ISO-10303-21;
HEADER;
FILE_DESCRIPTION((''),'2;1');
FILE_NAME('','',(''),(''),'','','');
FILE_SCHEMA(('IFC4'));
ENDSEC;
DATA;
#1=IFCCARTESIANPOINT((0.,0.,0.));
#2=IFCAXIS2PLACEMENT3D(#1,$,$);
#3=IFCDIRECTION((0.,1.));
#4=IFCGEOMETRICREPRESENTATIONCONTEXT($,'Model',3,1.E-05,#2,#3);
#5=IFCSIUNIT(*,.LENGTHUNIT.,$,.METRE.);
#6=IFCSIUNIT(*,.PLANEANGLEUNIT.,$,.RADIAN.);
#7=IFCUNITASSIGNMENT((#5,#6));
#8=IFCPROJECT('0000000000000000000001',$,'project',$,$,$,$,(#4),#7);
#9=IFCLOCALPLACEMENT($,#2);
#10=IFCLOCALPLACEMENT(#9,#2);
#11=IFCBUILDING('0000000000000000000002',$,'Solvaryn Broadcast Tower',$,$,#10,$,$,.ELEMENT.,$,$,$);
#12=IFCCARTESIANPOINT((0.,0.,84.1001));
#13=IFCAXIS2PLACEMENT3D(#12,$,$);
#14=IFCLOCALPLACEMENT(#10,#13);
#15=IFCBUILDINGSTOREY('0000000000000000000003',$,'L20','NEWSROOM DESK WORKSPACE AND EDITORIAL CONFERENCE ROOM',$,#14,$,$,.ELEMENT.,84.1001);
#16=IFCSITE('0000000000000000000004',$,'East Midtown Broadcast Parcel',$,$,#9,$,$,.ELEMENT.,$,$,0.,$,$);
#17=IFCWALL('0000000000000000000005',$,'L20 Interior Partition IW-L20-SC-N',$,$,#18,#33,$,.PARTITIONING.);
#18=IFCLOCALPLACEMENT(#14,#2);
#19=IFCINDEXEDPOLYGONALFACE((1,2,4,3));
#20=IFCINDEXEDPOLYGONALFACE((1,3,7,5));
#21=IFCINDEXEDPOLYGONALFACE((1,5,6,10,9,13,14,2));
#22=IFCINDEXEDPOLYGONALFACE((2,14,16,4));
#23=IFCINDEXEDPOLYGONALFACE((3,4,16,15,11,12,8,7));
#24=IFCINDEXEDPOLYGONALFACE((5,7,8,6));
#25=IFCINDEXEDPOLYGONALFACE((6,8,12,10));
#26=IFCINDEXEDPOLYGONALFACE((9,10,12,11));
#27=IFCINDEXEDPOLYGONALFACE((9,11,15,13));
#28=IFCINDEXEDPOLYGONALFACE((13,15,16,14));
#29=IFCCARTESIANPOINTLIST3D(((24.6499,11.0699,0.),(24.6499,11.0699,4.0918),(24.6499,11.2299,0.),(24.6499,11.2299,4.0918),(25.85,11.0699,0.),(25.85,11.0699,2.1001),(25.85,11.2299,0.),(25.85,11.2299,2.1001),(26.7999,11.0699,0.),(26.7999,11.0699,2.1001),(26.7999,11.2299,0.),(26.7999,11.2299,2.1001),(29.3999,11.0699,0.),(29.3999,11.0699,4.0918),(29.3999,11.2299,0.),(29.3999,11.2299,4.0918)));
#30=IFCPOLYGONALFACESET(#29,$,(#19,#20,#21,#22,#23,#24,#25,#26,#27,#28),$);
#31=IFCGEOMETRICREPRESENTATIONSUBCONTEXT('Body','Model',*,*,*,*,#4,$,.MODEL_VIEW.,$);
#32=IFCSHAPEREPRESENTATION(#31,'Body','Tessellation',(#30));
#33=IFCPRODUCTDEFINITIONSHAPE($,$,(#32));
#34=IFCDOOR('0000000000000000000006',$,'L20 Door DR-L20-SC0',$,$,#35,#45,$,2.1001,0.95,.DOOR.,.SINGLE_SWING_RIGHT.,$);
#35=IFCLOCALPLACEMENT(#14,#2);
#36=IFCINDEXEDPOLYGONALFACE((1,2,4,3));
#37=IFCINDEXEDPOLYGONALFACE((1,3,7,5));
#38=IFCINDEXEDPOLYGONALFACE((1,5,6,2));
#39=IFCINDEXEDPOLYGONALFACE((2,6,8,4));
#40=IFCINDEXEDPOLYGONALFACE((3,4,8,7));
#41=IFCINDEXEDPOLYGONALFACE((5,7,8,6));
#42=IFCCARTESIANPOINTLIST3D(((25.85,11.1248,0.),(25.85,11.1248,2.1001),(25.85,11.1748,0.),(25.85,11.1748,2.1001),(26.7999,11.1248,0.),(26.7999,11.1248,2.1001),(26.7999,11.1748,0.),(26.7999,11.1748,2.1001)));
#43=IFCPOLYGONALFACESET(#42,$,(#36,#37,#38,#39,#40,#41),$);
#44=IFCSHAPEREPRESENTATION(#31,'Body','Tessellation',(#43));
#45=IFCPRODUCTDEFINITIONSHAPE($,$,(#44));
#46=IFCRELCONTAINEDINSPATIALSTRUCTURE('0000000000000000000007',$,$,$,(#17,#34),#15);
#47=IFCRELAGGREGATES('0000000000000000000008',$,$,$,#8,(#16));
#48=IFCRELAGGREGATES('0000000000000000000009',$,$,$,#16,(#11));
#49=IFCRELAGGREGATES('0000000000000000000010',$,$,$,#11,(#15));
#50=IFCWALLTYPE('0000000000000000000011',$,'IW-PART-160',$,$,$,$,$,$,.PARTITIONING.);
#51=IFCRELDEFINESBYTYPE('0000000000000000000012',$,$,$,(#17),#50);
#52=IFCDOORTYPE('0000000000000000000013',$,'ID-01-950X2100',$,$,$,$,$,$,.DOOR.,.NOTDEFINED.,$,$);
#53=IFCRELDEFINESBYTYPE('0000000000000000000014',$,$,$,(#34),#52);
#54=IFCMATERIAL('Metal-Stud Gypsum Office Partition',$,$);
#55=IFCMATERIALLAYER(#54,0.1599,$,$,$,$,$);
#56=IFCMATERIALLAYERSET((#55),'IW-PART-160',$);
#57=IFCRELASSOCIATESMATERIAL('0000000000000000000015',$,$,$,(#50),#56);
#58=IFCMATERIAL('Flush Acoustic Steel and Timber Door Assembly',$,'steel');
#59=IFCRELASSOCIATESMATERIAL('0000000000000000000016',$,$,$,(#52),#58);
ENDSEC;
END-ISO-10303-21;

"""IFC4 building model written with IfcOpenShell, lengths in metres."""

from ifc_helpers import new_model, si_unit, direction, frame, frame_2d, origin, place, context, subcontext, project, spatial, rectangle, extrude, material, layer, layer_set, type_object, element, fill, save


model = new_model("IFC4")

# Units and contexts
model_context = context("Model", 3, precision=1e-05, world=origin(), true_north=direction((0.0, 1.0)))
body_context = subcontext(model_context, "Body", "Model", "MODEL_VIEW")
ifc_project = project(units=[si_unit("LENGTHUNIT", "METRE"), si_unit("PLANEANGLEUNIT", "RADIAN")], contexts=[model_context])

# Site, building, storey
site_placement = place(None, origin())
site = spatial("IfcSite", under=ifc_project, at=site_placement, Name="East Midtown Broadcast Parcel", CompositionType="ELEMENT", RefElevation=0.0)
building_placement = place(site_placement, origin())
building = spatial("IfcBuilding", under=site, at=building_placement, Name="Solvaryn Broadcast Tower", CompositionType="ELEMENT")
storey_placement = place(building_placement, frame((0.0, 0.0, 84.1001)))
storey = spatial("IfcBuildingStorey", under=building, at=storey_placement, Name="L20", Description="NEWSROOM DESK WORKSPACE AND EDITORIAL CONFERENCE ROOM", CompositionType="ELEMENT", Elevation=84.1001)

# Shared definitions
ifc_material_1 = material(Name="Metal-Stud Gypsum Office Partition")
ifc_layer = layer(ifc_material_1, 0.1599)
ifc_layer_set = layer_set([ifc_layer], Name="IW-PART-160")
wall_type = type_object("IfcWallType", Name="IW-PART-160", PredefinedType="PARTITIONING", material=ifc_layer_set)
ifc_material_2 = material(Name="Flush Acoustic Steel and Timber Door Assembly", Category="steel")
door_type_1 = type_object("IfcDoorType", Name="ID-01-950X2100", OperationType="NOTDEFINED", PredefinedType="DOOR", material=ifc_material_2)

# Wall, opening, door
wall_1_placement = place(storey_placement, frame((24.6499, 11.1499, 0.0), z_axis=(0.0, 0.0, 1.0), x_axis=(1.0, 0.0, 0.0)))
wall_1 = element("IfcWall", 1, at=wall_1_placement, inside=storey, type_object=wall_type, Name="L20 Interior Partition IW-L20-SC-N", PredefinedType="PARTITIONING", context=body_context, shape_type="SweptSolid", body=[
    extrude(rectangle(XDim=4.75, YDim=0.1599, at=frame_2d((2.375, 0.0))), origin(), (0.0, 0.0, 1.0), 4.0918),
])
opening_1_placement = place(wall_1_placement, frame((1.2, 0.0, 0.0)))
opening_1 = element("IfcOpeningElement", 2, at=opening_1_placement, cuts=wall_1, PredefinedType="OPENING", context=body_context, shape_type="SweptSolid", body=[
    extrude(rectangle(XDim=0.95, YDim=2.1001, at=frame_2d((0.4751, 1.05))), frame((0.0, 0.0901, 0.0), z_axis=(0.0, -1.0, 0.0), x_axis=(1.0, 0.0, 0.0)), (0.0, 0.0, 1.0), 0.1799),
])
door_1_placement = place(opening_1_placement, origin())
door_1 = element("IfcDoor", 3, at=door_1_placement, inside=storey, type_object=door_type_1, Name="L20 Door DR-L20-SC0", OperationType="SINGLE_SWING_RIGHT", OverallHeight=2.1001, OverallWidth=0.95, PredefinedType="DOOR", context=body_context, shape_type="SweptSolid", body=[
    extrude(rectangle(XDim=0.95, YDim=2.1001, at=frame_2d((0.4751, 1.05))), frame((0.0, 0.0249, 0.0), z_axis=(0.0, -1.0, 0.0), x_axis=(1.0, 0.0, 0.0)), (0.0, 0.0, 1.0), 0.05),
])
fill(opening_1, door_1)

save(model, "model.ifc")
